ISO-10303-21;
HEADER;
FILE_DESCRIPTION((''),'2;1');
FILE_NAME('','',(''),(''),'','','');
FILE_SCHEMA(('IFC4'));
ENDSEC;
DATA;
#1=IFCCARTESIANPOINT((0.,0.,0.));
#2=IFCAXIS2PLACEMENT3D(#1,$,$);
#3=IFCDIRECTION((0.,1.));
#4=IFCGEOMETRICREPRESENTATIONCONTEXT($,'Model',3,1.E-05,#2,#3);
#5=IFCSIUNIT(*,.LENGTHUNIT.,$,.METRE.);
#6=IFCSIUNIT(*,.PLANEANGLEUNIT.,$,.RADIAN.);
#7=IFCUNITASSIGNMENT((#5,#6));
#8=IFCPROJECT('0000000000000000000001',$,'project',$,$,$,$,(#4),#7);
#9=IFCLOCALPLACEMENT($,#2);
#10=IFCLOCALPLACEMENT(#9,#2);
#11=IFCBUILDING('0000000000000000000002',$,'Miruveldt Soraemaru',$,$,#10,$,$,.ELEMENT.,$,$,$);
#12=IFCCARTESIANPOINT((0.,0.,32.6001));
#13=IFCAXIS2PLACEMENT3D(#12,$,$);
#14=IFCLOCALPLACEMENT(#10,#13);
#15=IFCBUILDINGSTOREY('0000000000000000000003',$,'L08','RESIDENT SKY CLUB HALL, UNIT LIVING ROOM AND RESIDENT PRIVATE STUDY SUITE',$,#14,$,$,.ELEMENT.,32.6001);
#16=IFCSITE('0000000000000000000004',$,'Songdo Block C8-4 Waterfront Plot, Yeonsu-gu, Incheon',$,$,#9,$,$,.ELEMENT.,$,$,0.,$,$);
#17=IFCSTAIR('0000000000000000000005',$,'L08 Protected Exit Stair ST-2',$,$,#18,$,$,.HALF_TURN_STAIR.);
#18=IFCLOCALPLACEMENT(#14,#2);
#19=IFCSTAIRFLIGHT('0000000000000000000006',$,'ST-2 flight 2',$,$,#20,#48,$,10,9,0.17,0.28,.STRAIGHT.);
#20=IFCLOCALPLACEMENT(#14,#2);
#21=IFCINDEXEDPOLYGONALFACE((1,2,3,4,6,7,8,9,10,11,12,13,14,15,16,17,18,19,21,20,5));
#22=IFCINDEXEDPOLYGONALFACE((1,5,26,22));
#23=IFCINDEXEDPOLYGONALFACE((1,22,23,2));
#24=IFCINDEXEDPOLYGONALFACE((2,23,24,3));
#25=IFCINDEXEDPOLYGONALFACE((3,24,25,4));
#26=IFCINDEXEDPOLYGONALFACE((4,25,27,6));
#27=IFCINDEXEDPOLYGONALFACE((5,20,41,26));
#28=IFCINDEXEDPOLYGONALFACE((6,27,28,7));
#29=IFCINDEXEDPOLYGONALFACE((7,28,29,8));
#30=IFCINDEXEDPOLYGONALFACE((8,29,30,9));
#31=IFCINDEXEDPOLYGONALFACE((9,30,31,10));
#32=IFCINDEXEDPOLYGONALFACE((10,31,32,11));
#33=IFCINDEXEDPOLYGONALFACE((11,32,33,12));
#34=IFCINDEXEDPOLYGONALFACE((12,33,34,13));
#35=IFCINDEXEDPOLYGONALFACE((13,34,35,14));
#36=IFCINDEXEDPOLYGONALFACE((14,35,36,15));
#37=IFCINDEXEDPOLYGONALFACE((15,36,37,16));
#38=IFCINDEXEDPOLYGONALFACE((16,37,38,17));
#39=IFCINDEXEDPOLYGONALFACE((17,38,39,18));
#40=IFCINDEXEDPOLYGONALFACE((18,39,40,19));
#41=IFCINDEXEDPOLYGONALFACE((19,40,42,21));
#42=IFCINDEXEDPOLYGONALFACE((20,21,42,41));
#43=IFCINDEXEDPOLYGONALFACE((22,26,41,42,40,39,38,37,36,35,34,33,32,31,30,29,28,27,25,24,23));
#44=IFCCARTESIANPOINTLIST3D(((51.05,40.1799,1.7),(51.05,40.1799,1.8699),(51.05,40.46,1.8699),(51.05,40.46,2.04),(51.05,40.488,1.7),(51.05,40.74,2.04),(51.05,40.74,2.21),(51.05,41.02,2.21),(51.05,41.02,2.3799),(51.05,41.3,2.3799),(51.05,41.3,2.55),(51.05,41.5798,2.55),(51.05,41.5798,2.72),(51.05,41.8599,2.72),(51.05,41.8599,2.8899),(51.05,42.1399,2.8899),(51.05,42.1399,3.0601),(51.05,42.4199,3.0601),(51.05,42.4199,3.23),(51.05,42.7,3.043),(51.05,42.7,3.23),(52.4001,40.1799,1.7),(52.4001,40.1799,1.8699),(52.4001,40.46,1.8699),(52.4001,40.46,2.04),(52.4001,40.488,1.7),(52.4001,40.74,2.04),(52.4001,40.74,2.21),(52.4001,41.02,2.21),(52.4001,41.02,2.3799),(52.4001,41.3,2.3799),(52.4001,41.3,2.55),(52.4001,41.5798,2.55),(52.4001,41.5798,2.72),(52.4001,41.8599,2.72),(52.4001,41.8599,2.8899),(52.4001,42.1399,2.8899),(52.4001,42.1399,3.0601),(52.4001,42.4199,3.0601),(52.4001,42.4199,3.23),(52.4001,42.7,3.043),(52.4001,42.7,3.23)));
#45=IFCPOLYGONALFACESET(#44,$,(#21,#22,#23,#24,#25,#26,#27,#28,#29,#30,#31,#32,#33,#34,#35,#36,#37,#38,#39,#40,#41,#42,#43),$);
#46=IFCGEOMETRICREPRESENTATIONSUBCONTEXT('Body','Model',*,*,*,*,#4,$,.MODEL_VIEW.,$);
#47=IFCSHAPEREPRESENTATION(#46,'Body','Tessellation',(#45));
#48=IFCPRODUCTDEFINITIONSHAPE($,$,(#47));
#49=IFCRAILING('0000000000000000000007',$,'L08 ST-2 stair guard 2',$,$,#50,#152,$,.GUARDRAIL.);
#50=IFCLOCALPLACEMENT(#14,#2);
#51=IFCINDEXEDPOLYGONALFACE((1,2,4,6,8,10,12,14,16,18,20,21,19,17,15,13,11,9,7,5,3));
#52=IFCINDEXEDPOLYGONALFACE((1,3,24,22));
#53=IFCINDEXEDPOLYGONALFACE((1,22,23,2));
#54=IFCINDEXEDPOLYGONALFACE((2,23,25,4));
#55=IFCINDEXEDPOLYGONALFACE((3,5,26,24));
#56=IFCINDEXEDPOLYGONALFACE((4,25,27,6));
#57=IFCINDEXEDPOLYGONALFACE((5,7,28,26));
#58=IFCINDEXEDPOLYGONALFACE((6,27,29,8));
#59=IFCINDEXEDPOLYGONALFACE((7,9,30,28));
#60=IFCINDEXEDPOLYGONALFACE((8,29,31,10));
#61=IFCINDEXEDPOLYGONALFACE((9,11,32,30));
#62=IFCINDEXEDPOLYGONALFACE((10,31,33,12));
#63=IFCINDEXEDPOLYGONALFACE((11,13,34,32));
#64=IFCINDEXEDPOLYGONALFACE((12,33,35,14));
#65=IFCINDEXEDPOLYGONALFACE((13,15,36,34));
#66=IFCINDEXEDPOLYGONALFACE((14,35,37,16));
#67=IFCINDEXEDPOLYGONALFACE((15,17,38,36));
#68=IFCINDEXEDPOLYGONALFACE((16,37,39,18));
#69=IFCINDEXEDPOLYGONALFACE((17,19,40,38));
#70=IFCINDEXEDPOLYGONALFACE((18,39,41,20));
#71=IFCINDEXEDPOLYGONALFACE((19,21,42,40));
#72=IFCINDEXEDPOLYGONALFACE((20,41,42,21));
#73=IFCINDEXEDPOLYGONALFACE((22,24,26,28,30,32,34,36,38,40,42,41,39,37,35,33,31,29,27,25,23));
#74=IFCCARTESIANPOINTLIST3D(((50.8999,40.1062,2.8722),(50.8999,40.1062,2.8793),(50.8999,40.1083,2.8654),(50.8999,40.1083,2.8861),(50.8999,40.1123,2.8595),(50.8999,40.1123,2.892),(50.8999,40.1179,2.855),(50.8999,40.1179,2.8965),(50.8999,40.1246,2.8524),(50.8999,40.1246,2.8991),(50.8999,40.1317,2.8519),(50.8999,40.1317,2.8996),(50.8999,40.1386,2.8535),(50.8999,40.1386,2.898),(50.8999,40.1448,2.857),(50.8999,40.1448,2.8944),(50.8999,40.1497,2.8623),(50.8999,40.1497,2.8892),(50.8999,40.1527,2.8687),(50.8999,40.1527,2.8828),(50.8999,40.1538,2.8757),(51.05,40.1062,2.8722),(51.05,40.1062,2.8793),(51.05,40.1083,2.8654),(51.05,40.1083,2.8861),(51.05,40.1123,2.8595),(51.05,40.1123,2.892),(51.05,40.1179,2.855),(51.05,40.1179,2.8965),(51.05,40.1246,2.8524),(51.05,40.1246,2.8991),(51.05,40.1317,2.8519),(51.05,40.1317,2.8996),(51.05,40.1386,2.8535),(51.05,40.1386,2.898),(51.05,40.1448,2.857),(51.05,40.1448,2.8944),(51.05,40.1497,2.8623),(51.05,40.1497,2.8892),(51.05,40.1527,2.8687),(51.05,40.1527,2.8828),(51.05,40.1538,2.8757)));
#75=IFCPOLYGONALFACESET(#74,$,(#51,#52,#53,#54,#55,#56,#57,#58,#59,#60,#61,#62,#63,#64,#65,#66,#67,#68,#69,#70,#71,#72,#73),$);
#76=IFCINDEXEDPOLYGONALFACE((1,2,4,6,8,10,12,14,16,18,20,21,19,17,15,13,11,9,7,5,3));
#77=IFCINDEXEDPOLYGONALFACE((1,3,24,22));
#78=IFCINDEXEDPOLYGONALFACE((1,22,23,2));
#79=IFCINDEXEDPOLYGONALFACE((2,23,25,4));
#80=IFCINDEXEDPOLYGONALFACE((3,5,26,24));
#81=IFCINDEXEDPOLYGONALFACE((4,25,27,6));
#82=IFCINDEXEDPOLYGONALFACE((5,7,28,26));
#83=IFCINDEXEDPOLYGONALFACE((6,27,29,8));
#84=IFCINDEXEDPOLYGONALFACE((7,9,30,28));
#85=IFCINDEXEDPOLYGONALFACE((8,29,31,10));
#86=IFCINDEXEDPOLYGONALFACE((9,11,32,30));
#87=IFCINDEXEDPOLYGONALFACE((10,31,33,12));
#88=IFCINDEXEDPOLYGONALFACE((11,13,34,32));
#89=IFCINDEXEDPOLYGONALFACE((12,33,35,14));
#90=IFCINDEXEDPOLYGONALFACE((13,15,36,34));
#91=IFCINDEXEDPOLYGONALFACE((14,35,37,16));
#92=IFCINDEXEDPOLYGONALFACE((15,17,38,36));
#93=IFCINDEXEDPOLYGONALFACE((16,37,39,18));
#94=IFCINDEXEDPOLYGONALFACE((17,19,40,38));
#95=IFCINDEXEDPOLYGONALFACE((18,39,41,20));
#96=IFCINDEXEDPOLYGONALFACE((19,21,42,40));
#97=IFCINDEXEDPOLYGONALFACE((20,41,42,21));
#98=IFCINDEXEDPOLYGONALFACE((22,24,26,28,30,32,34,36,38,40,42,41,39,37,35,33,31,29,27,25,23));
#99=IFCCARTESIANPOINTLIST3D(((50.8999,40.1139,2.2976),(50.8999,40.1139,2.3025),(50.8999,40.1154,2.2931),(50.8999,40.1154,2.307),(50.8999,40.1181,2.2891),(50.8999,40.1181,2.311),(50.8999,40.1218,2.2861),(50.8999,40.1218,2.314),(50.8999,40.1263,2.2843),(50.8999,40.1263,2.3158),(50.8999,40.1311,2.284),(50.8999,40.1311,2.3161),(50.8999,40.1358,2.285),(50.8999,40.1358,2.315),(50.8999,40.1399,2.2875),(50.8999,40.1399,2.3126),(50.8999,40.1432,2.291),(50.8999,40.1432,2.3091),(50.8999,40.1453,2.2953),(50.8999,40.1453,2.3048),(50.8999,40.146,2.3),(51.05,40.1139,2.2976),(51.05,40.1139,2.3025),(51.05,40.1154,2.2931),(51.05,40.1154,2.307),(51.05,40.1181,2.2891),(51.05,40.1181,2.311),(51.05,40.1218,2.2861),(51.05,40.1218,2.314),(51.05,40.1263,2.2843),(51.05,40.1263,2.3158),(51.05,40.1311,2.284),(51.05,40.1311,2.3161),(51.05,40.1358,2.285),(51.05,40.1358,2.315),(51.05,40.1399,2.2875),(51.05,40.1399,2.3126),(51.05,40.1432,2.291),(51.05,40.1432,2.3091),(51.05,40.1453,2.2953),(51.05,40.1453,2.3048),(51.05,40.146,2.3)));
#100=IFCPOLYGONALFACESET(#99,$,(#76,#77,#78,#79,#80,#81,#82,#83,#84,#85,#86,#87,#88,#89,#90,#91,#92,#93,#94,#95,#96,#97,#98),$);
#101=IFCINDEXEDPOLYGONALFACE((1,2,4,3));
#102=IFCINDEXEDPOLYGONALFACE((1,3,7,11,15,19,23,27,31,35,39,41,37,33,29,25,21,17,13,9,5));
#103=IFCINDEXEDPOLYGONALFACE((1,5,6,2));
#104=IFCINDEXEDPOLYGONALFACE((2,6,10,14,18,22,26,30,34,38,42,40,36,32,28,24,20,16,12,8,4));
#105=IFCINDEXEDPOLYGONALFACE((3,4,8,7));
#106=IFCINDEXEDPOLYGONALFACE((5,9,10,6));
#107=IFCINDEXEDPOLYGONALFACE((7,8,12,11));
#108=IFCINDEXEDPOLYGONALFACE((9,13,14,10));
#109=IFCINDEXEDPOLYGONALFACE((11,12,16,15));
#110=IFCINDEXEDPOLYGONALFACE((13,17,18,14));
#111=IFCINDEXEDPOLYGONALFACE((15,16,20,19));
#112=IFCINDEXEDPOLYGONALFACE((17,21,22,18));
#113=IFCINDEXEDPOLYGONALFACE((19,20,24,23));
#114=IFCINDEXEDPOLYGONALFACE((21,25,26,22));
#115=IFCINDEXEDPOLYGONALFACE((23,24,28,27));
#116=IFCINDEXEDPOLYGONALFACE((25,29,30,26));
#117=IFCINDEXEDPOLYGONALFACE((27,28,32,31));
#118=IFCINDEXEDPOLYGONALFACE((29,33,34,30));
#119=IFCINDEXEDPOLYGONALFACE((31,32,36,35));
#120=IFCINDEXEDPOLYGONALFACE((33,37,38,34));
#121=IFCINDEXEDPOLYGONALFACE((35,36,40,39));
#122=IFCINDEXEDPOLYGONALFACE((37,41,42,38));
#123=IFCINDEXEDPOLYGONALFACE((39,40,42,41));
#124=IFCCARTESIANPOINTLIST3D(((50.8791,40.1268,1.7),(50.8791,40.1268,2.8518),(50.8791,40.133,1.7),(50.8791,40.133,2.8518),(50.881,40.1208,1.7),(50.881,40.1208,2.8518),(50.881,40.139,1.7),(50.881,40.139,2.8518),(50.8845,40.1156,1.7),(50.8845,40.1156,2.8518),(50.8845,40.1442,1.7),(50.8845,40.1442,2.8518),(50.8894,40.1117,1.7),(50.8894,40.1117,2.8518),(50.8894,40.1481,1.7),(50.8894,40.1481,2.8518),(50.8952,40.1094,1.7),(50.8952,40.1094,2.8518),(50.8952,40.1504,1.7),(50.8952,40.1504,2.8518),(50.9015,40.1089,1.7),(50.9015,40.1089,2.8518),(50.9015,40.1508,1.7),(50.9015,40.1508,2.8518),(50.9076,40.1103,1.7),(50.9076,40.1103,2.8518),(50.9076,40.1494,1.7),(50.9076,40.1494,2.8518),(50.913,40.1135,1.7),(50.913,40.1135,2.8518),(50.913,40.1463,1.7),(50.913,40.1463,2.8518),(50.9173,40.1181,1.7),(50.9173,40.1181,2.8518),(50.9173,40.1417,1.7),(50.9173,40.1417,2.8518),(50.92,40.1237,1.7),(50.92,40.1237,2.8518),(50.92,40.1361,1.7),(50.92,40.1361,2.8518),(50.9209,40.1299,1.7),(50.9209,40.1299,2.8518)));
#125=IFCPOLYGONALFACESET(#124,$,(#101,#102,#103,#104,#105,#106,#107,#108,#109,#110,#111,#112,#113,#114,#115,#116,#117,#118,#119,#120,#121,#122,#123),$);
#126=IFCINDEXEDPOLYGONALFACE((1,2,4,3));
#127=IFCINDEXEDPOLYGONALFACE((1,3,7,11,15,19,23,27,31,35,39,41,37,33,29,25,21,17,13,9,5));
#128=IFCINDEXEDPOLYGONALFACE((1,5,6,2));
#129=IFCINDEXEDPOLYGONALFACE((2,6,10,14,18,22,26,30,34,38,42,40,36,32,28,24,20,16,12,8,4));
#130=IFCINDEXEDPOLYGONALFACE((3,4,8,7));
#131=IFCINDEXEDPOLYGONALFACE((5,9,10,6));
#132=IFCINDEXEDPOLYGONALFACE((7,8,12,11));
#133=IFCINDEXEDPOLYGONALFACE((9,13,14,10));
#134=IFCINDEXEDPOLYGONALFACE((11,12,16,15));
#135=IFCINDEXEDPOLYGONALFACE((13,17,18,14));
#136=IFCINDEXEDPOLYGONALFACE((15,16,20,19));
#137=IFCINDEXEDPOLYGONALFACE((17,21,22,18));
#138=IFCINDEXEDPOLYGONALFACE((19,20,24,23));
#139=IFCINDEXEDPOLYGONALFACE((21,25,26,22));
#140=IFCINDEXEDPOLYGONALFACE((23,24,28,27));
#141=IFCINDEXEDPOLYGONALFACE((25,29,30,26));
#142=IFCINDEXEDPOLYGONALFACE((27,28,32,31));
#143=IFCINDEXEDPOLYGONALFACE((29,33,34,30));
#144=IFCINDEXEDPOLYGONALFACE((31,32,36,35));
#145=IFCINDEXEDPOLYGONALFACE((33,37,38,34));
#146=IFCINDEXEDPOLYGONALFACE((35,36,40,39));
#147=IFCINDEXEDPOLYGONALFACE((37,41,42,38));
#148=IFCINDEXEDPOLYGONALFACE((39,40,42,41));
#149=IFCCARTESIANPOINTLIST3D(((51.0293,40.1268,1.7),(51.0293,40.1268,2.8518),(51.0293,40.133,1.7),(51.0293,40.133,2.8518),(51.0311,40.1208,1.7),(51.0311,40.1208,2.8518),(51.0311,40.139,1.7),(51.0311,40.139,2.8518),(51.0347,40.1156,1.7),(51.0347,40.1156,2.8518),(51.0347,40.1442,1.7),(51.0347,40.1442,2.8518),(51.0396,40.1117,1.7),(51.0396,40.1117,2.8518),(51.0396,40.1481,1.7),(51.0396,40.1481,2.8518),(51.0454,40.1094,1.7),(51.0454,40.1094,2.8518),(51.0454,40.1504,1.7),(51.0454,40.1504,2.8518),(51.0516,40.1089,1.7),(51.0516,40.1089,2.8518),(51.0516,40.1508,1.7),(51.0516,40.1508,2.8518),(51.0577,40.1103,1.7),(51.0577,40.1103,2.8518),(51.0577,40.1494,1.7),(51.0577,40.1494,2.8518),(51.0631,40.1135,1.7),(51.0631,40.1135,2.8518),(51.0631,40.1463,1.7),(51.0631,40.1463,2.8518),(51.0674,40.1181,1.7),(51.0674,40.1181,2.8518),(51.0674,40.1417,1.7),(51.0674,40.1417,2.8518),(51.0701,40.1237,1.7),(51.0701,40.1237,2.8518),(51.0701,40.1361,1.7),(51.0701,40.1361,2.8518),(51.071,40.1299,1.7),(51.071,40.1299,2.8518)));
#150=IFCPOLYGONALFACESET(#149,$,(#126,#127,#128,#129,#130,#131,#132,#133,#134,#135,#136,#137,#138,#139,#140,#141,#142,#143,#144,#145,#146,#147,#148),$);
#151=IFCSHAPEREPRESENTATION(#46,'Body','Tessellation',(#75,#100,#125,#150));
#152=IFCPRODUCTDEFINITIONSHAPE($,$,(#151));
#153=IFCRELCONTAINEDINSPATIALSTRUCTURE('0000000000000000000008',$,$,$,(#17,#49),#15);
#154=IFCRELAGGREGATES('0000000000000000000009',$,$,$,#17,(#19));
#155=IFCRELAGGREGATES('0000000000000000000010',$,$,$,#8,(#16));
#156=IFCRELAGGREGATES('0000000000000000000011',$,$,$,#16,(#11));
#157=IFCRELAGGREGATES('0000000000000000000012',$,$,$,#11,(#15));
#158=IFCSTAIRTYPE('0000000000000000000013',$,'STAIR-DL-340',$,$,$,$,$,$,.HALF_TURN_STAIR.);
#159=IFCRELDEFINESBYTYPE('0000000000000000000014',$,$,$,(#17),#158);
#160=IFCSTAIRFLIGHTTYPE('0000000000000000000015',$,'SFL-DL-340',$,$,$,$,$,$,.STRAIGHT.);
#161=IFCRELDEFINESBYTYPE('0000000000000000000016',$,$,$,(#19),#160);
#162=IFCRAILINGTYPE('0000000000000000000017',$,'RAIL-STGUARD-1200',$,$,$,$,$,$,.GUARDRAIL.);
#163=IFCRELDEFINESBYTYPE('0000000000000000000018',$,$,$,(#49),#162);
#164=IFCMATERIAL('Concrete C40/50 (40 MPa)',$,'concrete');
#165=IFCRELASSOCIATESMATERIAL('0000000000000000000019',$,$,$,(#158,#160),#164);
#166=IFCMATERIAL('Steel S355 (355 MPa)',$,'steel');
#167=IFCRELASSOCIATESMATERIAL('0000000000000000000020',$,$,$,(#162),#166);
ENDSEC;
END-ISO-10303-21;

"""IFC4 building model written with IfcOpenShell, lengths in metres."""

from ifc_helpers import new_model, si_unit, direction, frame, origin, origin_2d, place, context, subcontext, project, spatial, polyline, circle, outline, extrude, material, type_object, element, aggregate, save


model = new_model("IFC4")

# Units and contexts
model_context = context("Model", 3, precision=1e-05, world=origin(), true_north=direction((0.0, 1.0)))
body_context = subcontext(model_context, "Body", "Model", "MODEL_VIEW")
ifc_project = project(units=[si_unit("LENGTHUNIT", "METRE"), si_unit("PLANEANGLEUNIT", "RADIAN")], contexts=[model_context])

# Site, building, storey
site_placement = place(None, origin())
site = spatial("IfcSite", under=ifc_project, at=site_placement, Name="Songdo Block C8-4 Waterfront Plot, Yeonsu-gu, Incheon", CompositionType="ELEMENT", RefElevation=0.0)
building_placement = place(site_placement, origin())
building = spatial("IfcBuilding", under=site, at=building_placement, Name="Miruveldt Soraemaru", CompositionType="ELEMENT")
storey_placement = place(building_placement, frame((0.0, 0.0, 32.6001)))
storey = spatial("IfcBuildingStorey", under=building, at=storey_placement, Name="L08", Description="RESIDENT SKY CLUB HALL, UNIT LIVING ROOM AND RESIDENT PRIVATE STUDY SUITE", CompositionType="ELEMENT", Elevation=32.6001)

# Shared definitions
ifc_material_1 = material(Name="Concrete C40/50 (40 MPa)", Category="concrete")

# Stair, stair flight
stair_type = type_object("IfcStairType", Name="STAIR-DL-340", PredefinedType="HALF_TURN_STAIR", material=ifc_material_1)
stair_placement = place(storey_placement, origin())
stair = element("IfcStair", 1, at=stair_placement, inside=storey, type_object=stair_type, Name="L08 Protected Exit Stair ST-2", PredefinedType="HALF_TURN_STAIR")
stair_flight_type = type_object("IfcStairFlightType", Name="SFL-DL-340", PredefinedType="STRAIGHT", material=ifc_material_1)
stair_flight_placement = place(storey_placement, frame((51.7251, 40.1799, 1.7), z_axis=(0.0, 0.0, 1.0), x_axis=(0.0, 1.0, 0.0)))
stair_flight = element("IfcStairFlight", 2, at=stair_flight_placement, type_object=stair_flight_type, Name="ST-2 flight 2", NumberOfRisers=10, NumberOfTreads=9, PredefinedType="STRAIGHT", RiserHeight=0.17, TreadLength=0.28, context=body_context, shape_type="SweptSolid", body=[
    extrude(outline(polyline([(0.0, 0.0), (0.0, 0.1699), (0.28, 0.1699), (0.28, 0.3401), (0.5601, 0.3401), (0.5601, 0.51), (0.8401, 0.51), (0.8401, 0.6799), (1.1201, 0.6799), (1.1201, 0.8501), (1.3999, 0.8501), (1.3999, 1.02), (1.6799, 1.02), (1.6799, 1.1899), (1.96, 1.1899), (1.96, 1.3601), (2.24, 1.3601), (2.24, 1.53), (2.52, 1.53), (2.52, 1.7), (2.52, 1.343), (0.3081, 0.0), (0.0, 0.0)])), frame((0.0, 0.675, 0.0), z_axis=(0.0, -1.0, 0.0), x_axis=(1.0, 0.0, 0.0)), (0.0, 0.0, 1.0), 1.3501),
])
aggregate(stair, [stair_flight])

# Railing
ifc_material_2 = material(Name="Steel S355 (355 MPa)", Category="steel")
railing_type_1 = type_object("IfcRailingType", Name="RAIL-STGUARD-1200", PredefinedType="GUARDRAIL", material=ifc_material_2)
railing_1_placement = place(storey_placement, frame((50.8999, 40.1299, 1.7)))
element("IfcRailing", 3, at=railing_1_placement, inside=storey, type_object=railing_type_1, Name="L08 ST-2 stair guard 2", PredefinedType="GUARDRAIL", context=body_context, shape_type="SweptSolid", body=[
    extrude(circle(Radius=0.0239, at=origin_2d()), frame((0.0, 0.0, 1.1758), z_axis=(1.0, 0.0, 0.0), x_axis=(0.0, 1.0, 0.0)), (0.0, 0.0, 1.0), 0.1501),
    extrude(circle(Radius=0.0161, at=origin_2d()), frame((0.0, 0.0, 0.6001), z_axis=(1.0, 0.0, 0.0), x_axis=(0.0, 1.0, 0.0)), (0.0, 0.0, 1.0), 0.1501),
    extrude(circle(Radius=0.021, at=origin_2d()), origin(), (0.0, 0.0, 1.0), 1.1519),
    extrude(circle(Radius=0.021, at=origin_2d()), frame((0.1501, 0.0, 0.0)), (0.0, 0.0, 1.0), 1.1519),
])

save(model, "model.ifc")
